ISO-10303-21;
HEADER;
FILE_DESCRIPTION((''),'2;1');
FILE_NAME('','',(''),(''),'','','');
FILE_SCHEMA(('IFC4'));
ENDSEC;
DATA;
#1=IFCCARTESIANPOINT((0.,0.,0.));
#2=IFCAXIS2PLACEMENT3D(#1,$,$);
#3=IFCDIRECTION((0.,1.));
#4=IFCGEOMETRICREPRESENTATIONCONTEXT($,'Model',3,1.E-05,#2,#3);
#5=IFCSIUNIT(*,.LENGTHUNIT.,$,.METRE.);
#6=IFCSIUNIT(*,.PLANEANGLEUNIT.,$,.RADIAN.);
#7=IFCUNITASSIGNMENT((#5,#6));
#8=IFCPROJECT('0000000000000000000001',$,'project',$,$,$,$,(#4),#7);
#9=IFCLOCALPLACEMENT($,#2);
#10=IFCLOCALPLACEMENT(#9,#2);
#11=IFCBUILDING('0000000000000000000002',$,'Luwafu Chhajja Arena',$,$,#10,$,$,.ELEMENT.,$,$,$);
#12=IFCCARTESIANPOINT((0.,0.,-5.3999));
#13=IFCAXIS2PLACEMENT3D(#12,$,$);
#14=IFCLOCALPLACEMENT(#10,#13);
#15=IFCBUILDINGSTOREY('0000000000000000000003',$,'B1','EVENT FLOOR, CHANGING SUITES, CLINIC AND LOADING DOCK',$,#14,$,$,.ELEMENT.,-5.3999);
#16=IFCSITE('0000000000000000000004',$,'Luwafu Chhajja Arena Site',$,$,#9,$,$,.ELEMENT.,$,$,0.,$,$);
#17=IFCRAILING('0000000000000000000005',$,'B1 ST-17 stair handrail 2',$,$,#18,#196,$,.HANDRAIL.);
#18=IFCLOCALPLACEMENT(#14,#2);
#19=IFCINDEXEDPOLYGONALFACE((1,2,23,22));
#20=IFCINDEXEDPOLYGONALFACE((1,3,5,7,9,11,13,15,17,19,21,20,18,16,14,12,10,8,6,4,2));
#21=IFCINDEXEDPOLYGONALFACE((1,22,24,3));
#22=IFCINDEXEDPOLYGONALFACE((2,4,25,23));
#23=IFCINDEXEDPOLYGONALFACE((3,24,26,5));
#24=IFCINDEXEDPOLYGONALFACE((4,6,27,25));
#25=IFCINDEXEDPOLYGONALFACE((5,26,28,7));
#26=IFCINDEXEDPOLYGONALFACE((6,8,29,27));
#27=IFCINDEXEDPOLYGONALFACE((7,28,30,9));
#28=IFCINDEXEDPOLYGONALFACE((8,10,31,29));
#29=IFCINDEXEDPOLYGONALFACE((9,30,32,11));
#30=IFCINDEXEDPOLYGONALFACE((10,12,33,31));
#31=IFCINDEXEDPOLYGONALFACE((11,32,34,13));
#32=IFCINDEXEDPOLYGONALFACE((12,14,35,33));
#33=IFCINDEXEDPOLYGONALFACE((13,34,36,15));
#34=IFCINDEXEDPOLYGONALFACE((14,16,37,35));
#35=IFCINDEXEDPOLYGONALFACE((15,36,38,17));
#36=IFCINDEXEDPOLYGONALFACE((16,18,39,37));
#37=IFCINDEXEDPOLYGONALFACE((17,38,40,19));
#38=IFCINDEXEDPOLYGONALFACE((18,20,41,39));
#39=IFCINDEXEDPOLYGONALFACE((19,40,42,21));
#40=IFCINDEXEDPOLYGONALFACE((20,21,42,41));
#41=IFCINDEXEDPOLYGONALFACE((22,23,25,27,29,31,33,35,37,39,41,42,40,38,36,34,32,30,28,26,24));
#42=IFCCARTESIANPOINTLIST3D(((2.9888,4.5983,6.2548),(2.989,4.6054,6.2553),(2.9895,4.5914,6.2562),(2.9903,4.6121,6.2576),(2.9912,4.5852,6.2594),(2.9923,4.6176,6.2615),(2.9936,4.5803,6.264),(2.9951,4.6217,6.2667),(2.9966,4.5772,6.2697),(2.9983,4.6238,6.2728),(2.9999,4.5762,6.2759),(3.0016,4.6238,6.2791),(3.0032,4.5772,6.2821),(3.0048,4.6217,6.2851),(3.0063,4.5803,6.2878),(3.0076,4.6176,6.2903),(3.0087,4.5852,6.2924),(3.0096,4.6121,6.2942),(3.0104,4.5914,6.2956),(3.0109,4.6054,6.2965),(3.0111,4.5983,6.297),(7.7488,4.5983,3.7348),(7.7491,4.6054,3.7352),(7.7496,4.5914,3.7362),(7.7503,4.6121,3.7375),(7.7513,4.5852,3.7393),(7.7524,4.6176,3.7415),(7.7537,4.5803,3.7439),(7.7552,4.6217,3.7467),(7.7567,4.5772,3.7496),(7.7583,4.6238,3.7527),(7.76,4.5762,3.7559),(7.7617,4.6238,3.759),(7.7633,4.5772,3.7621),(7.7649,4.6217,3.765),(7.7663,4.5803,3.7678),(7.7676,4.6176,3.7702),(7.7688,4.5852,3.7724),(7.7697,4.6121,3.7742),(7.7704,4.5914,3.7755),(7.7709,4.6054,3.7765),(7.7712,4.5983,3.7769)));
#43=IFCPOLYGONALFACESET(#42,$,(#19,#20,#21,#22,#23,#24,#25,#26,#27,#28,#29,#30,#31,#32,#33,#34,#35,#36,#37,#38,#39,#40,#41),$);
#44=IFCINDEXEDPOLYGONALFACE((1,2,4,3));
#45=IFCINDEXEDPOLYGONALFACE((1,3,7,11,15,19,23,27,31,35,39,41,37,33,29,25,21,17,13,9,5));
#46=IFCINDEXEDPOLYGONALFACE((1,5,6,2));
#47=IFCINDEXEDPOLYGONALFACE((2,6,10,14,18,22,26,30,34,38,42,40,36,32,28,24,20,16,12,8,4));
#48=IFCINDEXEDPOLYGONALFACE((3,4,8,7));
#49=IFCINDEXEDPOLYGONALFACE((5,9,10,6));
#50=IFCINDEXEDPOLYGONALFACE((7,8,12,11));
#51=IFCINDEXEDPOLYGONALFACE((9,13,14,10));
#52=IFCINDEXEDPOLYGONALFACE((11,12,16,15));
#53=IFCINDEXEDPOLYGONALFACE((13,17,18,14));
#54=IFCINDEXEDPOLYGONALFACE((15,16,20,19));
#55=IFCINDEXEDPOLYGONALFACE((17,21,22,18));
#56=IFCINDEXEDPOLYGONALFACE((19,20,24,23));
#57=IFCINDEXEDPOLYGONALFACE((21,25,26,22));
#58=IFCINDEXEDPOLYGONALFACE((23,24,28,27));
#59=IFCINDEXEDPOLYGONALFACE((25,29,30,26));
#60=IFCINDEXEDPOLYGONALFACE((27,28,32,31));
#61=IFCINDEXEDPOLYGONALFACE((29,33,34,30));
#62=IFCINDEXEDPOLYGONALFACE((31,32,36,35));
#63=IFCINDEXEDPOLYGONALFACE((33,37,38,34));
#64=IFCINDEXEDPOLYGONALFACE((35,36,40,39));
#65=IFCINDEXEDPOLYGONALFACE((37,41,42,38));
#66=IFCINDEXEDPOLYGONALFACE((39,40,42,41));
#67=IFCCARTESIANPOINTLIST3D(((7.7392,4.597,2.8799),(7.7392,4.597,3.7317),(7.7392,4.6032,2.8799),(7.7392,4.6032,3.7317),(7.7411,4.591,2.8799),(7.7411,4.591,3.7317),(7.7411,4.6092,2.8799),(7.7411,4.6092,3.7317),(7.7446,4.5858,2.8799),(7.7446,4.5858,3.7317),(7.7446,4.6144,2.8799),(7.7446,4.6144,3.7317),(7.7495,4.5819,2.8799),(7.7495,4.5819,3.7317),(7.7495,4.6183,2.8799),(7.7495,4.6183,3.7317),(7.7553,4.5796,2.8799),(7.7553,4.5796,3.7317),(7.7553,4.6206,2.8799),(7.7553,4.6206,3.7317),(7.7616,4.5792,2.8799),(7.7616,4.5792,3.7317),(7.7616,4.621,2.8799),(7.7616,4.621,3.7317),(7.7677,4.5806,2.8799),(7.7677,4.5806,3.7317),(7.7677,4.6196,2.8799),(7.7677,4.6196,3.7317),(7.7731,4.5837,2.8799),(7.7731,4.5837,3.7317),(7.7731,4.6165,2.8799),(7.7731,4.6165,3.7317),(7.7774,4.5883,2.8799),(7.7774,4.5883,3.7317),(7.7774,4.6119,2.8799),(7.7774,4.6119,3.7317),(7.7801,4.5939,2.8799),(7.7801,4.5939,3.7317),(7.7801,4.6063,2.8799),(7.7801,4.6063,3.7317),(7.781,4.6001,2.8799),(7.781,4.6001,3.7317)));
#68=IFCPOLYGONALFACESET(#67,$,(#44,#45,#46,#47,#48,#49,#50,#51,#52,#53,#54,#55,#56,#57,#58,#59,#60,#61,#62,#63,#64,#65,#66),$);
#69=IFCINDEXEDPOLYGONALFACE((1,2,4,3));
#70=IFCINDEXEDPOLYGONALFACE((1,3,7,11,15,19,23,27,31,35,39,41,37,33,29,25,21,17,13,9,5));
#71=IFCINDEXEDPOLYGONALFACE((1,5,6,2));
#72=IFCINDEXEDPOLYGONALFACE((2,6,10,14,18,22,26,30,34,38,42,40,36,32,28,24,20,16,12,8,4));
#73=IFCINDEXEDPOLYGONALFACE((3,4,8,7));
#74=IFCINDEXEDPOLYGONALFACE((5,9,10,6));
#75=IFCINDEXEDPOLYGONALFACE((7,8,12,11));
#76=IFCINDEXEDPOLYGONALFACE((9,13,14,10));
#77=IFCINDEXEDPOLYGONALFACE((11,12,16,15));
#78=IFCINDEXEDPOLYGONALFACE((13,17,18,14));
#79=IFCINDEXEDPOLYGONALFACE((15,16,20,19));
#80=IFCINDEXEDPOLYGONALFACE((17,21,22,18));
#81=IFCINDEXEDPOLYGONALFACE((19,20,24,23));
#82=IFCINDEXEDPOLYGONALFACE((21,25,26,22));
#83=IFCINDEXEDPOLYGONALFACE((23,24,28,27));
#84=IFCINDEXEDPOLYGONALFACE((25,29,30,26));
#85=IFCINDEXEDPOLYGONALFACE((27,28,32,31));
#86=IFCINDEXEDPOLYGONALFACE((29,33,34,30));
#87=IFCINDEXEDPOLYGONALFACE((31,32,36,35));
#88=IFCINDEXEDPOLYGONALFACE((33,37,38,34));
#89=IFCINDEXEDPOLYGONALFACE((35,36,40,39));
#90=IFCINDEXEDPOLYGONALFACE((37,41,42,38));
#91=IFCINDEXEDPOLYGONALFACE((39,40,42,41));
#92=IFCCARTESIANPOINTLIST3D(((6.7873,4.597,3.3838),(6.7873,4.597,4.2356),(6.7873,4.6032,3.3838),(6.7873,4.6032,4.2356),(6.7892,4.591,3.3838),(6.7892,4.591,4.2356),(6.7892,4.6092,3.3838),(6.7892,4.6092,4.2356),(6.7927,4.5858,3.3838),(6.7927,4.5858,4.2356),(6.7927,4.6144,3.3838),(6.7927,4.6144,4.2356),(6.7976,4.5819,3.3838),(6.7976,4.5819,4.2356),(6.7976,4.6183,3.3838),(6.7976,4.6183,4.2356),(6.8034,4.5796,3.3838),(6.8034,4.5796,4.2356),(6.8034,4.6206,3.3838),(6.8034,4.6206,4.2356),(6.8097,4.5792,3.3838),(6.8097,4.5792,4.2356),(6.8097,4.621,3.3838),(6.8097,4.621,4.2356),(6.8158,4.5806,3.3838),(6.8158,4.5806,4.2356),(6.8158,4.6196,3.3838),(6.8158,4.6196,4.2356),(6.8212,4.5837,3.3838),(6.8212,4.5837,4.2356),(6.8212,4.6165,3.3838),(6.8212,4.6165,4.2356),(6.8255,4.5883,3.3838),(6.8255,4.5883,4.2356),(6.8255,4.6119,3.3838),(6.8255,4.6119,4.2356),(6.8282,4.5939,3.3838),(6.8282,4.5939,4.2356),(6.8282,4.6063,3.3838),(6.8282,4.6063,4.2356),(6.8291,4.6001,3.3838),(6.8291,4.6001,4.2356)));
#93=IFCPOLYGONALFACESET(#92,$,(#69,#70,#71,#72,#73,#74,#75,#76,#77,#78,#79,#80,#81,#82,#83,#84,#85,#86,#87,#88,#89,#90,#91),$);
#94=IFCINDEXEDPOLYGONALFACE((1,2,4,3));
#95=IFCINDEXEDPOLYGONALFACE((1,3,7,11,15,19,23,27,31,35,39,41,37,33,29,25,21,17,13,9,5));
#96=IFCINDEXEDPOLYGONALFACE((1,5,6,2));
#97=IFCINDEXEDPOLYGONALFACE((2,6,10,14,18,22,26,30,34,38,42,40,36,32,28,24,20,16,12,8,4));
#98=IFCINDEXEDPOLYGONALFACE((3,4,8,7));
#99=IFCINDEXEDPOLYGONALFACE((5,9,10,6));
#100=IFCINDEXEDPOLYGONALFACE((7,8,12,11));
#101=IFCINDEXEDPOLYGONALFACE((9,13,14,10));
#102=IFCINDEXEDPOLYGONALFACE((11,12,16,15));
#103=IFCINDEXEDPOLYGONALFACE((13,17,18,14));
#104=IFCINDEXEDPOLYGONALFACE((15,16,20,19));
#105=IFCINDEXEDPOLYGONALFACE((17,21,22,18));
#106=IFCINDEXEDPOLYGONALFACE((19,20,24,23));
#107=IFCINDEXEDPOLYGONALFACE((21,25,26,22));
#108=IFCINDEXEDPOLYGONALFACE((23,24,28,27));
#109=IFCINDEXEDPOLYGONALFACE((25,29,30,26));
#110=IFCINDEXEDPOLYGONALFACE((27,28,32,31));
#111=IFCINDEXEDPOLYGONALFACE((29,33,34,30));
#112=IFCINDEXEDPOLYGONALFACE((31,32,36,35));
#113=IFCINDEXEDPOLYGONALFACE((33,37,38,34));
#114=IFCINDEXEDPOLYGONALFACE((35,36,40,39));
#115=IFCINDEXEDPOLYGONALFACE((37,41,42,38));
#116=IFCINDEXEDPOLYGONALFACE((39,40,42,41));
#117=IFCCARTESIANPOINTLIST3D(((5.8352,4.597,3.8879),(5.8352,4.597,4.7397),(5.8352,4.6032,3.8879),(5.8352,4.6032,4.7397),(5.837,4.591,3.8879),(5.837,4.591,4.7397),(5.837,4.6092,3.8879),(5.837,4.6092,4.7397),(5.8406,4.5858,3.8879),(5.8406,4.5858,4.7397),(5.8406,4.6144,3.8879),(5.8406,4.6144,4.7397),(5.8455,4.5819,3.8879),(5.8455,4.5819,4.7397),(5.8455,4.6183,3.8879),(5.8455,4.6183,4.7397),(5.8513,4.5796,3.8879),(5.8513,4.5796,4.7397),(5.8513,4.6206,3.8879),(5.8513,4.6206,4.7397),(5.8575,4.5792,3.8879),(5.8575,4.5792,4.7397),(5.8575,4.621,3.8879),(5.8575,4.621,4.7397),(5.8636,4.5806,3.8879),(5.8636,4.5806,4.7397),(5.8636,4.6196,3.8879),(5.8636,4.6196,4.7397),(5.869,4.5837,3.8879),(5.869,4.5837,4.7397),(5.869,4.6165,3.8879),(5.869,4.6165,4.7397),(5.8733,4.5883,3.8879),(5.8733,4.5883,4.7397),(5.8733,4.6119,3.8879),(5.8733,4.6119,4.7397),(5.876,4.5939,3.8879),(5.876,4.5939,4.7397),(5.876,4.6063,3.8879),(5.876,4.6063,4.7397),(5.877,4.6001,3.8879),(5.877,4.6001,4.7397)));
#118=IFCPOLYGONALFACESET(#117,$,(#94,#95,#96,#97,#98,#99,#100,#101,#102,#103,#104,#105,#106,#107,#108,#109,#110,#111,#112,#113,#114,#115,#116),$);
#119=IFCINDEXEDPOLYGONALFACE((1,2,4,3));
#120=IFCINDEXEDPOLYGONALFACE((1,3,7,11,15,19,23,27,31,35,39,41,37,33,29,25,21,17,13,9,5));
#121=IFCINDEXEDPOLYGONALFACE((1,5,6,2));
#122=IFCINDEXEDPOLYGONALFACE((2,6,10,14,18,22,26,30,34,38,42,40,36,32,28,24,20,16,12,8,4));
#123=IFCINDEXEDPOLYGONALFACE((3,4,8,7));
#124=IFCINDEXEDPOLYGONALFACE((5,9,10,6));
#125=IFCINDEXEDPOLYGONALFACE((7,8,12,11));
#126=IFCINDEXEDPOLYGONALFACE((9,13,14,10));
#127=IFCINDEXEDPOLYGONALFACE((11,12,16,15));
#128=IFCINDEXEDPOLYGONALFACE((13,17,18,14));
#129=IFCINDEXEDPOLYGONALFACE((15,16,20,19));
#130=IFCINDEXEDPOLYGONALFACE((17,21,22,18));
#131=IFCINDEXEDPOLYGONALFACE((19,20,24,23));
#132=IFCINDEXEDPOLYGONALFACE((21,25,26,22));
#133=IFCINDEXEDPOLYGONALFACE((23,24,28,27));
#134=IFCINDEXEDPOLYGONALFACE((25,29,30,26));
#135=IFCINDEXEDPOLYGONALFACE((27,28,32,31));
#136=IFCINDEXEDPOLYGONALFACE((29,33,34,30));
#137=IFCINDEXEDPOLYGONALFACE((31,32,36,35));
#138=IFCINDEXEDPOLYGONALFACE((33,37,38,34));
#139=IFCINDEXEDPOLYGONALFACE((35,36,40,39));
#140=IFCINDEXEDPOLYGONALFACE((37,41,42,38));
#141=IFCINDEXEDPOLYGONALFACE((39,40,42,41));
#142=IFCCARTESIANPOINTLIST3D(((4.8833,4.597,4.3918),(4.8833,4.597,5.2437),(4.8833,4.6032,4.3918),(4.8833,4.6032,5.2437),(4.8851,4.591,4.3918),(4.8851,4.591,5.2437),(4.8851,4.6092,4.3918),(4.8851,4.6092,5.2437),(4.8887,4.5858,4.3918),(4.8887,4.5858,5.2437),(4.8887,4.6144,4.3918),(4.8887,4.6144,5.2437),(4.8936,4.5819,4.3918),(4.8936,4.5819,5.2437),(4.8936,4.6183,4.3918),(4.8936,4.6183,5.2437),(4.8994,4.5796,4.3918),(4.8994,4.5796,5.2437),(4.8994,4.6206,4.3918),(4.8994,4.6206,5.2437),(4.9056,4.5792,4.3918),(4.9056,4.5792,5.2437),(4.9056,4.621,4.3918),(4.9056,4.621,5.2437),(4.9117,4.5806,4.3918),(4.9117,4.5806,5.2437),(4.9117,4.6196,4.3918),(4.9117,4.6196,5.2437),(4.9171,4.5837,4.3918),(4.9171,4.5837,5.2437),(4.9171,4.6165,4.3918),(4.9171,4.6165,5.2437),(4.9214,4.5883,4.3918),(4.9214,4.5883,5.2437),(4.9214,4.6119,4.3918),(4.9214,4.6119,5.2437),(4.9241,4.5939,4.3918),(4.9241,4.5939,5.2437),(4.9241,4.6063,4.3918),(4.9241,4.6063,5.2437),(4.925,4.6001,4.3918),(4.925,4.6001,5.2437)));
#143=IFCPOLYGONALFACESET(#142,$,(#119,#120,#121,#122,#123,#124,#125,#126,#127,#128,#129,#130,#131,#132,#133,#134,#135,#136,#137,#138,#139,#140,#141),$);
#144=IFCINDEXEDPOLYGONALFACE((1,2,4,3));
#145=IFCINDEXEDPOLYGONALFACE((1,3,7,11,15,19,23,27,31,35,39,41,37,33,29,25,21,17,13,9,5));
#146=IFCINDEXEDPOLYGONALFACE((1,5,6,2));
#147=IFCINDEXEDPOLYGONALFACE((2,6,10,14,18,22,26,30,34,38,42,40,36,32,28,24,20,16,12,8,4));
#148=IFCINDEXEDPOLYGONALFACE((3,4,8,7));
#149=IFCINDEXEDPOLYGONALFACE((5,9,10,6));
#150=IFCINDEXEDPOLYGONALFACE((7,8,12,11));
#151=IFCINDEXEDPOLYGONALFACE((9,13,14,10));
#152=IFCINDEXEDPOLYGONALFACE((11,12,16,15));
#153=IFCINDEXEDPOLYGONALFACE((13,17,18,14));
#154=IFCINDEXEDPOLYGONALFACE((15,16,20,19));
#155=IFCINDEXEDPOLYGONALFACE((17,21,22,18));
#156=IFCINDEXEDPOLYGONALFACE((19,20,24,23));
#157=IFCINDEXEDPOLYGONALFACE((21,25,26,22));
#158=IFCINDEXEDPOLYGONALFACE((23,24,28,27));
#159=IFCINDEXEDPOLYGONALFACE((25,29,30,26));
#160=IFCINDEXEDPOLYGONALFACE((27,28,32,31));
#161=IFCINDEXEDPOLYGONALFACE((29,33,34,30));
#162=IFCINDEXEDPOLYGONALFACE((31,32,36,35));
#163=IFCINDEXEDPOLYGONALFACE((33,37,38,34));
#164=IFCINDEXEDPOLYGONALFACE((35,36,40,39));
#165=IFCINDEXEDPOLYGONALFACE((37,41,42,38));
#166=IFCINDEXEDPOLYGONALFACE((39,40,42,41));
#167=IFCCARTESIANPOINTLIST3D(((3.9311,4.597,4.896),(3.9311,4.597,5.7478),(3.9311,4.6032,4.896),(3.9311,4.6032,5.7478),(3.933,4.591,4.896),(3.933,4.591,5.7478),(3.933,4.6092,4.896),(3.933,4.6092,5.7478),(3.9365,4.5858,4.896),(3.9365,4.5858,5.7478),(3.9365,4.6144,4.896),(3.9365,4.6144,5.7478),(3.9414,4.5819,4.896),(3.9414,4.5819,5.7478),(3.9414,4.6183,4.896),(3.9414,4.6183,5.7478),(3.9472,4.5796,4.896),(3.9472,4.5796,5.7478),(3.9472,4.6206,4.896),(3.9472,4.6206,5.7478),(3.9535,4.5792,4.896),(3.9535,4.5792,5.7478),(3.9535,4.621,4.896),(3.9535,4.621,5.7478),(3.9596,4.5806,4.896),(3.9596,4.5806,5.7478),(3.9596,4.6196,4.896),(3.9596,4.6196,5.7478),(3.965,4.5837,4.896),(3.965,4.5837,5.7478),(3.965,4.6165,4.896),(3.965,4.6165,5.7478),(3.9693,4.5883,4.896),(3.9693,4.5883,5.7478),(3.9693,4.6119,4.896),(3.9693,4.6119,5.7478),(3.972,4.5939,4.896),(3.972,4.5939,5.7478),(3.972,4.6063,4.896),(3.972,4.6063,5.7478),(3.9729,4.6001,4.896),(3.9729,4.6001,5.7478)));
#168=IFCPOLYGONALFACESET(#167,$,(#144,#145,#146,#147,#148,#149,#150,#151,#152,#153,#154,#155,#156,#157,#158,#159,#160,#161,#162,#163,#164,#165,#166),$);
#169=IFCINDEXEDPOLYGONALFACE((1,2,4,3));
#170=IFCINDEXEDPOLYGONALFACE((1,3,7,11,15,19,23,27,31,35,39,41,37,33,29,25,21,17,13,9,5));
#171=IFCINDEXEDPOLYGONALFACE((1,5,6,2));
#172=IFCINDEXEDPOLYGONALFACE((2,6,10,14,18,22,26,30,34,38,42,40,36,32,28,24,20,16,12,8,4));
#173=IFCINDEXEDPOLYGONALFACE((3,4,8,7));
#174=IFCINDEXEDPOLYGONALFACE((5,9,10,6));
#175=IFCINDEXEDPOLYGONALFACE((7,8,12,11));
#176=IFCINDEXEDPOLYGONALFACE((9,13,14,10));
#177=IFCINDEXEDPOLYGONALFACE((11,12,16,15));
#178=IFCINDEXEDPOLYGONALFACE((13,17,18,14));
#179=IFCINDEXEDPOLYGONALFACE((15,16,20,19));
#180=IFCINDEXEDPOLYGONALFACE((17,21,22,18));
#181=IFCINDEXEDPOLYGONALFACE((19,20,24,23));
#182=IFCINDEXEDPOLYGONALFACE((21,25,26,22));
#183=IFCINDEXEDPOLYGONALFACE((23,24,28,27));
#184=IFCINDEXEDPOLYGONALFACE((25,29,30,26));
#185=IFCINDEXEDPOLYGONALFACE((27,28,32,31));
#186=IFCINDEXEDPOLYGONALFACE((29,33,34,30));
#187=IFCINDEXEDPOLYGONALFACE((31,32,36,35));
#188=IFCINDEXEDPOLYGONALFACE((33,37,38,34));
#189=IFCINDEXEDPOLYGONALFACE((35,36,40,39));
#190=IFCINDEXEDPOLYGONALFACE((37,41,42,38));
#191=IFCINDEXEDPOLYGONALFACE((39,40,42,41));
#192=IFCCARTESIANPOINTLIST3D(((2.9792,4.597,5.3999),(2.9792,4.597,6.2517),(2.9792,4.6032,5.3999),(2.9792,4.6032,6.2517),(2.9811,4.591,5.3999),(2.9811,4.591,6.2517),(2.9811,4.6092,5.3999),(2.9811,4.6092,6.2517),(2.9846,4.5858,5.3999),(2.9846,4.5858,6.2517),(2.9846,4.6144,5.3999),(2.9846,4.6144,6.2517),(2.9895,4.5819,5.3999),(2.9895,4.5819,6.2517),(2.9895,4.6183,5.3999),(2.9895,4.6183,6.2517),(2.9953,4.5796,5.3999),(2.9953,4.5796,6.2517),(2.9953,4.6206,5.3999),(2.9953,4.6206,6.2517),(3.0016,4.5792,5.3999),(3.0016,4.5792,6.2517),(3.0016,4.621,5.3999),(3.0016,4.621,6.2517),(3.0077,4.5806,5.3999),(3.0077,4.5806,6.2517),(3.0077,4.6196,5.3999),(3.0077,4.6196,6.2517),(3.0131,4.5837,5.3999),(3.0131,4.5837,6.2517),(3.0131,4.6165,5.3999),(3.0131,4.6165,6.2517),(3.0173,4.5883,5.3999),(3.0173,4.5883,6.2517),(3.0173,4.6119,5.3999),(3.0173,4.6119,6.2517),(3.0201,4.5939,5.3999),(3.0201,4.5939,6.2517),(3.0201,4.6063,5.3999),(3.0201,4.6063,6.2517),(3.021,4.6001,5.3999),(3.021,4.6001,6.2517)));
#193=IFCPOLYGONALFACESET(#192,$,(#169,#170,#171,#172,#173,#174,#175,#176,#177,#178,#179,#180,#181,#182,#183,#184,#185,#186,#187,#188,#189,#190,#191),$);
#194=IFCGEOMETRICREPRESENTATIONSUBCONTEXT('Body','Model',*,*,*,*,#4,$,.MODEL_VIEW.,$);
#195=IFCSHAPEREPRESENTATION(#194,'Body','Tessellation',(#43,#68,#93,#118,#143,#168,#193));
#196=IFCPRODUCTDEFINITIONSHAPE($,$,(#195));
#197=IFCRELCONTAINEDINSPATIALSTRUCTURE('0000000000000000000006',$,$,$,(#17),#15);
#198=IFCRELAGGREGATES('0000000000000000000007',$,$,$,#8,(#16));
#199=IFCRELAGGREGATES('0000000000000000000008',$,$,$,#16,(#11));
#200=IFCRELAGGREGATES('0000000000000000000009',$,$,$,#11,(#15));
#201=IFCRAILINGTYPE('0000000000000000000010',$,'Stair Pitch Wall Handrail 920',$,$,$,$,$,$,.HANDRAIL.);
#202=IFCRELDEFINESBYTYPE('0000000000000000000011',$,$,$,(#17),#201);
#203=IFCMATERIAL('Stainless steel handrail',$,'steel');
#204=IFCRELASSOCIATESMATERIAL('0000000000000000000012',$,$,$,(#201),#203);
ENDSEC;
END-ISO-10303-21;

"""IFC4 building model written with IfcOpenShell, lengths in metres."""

from ifc_helpers import new_model, si_unit, direction, frame, origin, origin_2d, place, context, subcontext, project, spatial, circle, extrude, material, type_object, element, save


model = new_model("IFC4")

# Units and contexts
model_context = context("Model", 3, precision=1e-05, world=origin(), true_north=direction((0.0, 1.0)))
body_context = subcontext(model_context, "Body", "Model", "MODEL_VIEW")
ifc_project = project(units=[si_unit("LENGTHUNIT", "METRE"), si_unit("PLANEANGLEUNIT", "RADIAN")], contexts=[model_context])

# Site, building, storey
site_placement = place(None, origin())
site = spatial("IfcSite", under=ifc_project, at=site_placement, Name="Luwafu Chhajja Arena Site", CompositionType="ELEMENT", RefElevation=0.0)
building_placement = place(site_placement, origin())
building = spatial("IfcBuilding", under=site, at=building_placement, Name="Luwafu Chhajja Arena", CompositionType="ELEMENT")
storey_placement = place(building_placement, frame((0.0, 0.0, -5.3999)))
storey = spatial("IfcBuildingStorey", under=building, at=storey_placement, Name="B1", Description="EVENT FLOOR, CHANGING SUITES, CLINIC AND LOADING DOCK", CompositionType="ELEMENT", Elevation=-5.3999)

# Railing
ifc_material_1 = material(Name="Stainless steel handrail", Category="steel")
railing_type_1 = type_object("IfcRailingType", Name="Stair Pitch Wall Handrail 920", PredefinedType="HANDRAIL", material=ifc_material_1)
railing_1_placement = place(storey_placement, frame((7.76, 4.6001, 2.8799)))
element("IfcRailing", 1, at=railing_1_placement, inside=storey, type_object=railing_type_1, Name="B1 ST-17 stair handrail 2", PredefinedType="HANDRAIL", context=body_context, shape_type="SweptSolid", body=[
    extrude(circle(Radius=0.0239, at=origin_2d()), frame((0.0, 0.0, 0.876), z_axis=(-0.883787, 0.0, 0.46789), x_axis=(0.0, -1.0, 0.0)), (0.0, 0.0, 1.0), 5.386),
    extrude(circle(Radius=0.021, at=origin_2d()), origin(), (0.0, 0.0, 1.0), 0.8518),
    extrude(circle(Radius=0.021, at=origin_2d()), frame((-0.9519, 0.0, 0.5039)), (0.0, 0.0, 1.0), 0.8518),
    extrude(circle(Radius=0.021, at=origin_2d()), frame((-1.9041, 0.0, 1.0081)), (0.0, 0.0, 1.0), 0.8518),
    extrude(circle(Radius=0.021, at=origin_2d()), frame((-2.856, 0.0, 1.512)), (0.0, 0.0, 1.0), 0.8518),
    extrude(circle(Radius=0.021, at=origin_2d()), frame((-3.8081, 0.0, 2.0161)), (0.0, 0.0, 1.0), 0.8518),
    extrude(circle(Radius=0.021, at=origin_2d()), frame((-4.76, 0.0, 2.52)), (0.0, 0.0, 1.0), 0.8518),
])

save(model, "model.ifc")
